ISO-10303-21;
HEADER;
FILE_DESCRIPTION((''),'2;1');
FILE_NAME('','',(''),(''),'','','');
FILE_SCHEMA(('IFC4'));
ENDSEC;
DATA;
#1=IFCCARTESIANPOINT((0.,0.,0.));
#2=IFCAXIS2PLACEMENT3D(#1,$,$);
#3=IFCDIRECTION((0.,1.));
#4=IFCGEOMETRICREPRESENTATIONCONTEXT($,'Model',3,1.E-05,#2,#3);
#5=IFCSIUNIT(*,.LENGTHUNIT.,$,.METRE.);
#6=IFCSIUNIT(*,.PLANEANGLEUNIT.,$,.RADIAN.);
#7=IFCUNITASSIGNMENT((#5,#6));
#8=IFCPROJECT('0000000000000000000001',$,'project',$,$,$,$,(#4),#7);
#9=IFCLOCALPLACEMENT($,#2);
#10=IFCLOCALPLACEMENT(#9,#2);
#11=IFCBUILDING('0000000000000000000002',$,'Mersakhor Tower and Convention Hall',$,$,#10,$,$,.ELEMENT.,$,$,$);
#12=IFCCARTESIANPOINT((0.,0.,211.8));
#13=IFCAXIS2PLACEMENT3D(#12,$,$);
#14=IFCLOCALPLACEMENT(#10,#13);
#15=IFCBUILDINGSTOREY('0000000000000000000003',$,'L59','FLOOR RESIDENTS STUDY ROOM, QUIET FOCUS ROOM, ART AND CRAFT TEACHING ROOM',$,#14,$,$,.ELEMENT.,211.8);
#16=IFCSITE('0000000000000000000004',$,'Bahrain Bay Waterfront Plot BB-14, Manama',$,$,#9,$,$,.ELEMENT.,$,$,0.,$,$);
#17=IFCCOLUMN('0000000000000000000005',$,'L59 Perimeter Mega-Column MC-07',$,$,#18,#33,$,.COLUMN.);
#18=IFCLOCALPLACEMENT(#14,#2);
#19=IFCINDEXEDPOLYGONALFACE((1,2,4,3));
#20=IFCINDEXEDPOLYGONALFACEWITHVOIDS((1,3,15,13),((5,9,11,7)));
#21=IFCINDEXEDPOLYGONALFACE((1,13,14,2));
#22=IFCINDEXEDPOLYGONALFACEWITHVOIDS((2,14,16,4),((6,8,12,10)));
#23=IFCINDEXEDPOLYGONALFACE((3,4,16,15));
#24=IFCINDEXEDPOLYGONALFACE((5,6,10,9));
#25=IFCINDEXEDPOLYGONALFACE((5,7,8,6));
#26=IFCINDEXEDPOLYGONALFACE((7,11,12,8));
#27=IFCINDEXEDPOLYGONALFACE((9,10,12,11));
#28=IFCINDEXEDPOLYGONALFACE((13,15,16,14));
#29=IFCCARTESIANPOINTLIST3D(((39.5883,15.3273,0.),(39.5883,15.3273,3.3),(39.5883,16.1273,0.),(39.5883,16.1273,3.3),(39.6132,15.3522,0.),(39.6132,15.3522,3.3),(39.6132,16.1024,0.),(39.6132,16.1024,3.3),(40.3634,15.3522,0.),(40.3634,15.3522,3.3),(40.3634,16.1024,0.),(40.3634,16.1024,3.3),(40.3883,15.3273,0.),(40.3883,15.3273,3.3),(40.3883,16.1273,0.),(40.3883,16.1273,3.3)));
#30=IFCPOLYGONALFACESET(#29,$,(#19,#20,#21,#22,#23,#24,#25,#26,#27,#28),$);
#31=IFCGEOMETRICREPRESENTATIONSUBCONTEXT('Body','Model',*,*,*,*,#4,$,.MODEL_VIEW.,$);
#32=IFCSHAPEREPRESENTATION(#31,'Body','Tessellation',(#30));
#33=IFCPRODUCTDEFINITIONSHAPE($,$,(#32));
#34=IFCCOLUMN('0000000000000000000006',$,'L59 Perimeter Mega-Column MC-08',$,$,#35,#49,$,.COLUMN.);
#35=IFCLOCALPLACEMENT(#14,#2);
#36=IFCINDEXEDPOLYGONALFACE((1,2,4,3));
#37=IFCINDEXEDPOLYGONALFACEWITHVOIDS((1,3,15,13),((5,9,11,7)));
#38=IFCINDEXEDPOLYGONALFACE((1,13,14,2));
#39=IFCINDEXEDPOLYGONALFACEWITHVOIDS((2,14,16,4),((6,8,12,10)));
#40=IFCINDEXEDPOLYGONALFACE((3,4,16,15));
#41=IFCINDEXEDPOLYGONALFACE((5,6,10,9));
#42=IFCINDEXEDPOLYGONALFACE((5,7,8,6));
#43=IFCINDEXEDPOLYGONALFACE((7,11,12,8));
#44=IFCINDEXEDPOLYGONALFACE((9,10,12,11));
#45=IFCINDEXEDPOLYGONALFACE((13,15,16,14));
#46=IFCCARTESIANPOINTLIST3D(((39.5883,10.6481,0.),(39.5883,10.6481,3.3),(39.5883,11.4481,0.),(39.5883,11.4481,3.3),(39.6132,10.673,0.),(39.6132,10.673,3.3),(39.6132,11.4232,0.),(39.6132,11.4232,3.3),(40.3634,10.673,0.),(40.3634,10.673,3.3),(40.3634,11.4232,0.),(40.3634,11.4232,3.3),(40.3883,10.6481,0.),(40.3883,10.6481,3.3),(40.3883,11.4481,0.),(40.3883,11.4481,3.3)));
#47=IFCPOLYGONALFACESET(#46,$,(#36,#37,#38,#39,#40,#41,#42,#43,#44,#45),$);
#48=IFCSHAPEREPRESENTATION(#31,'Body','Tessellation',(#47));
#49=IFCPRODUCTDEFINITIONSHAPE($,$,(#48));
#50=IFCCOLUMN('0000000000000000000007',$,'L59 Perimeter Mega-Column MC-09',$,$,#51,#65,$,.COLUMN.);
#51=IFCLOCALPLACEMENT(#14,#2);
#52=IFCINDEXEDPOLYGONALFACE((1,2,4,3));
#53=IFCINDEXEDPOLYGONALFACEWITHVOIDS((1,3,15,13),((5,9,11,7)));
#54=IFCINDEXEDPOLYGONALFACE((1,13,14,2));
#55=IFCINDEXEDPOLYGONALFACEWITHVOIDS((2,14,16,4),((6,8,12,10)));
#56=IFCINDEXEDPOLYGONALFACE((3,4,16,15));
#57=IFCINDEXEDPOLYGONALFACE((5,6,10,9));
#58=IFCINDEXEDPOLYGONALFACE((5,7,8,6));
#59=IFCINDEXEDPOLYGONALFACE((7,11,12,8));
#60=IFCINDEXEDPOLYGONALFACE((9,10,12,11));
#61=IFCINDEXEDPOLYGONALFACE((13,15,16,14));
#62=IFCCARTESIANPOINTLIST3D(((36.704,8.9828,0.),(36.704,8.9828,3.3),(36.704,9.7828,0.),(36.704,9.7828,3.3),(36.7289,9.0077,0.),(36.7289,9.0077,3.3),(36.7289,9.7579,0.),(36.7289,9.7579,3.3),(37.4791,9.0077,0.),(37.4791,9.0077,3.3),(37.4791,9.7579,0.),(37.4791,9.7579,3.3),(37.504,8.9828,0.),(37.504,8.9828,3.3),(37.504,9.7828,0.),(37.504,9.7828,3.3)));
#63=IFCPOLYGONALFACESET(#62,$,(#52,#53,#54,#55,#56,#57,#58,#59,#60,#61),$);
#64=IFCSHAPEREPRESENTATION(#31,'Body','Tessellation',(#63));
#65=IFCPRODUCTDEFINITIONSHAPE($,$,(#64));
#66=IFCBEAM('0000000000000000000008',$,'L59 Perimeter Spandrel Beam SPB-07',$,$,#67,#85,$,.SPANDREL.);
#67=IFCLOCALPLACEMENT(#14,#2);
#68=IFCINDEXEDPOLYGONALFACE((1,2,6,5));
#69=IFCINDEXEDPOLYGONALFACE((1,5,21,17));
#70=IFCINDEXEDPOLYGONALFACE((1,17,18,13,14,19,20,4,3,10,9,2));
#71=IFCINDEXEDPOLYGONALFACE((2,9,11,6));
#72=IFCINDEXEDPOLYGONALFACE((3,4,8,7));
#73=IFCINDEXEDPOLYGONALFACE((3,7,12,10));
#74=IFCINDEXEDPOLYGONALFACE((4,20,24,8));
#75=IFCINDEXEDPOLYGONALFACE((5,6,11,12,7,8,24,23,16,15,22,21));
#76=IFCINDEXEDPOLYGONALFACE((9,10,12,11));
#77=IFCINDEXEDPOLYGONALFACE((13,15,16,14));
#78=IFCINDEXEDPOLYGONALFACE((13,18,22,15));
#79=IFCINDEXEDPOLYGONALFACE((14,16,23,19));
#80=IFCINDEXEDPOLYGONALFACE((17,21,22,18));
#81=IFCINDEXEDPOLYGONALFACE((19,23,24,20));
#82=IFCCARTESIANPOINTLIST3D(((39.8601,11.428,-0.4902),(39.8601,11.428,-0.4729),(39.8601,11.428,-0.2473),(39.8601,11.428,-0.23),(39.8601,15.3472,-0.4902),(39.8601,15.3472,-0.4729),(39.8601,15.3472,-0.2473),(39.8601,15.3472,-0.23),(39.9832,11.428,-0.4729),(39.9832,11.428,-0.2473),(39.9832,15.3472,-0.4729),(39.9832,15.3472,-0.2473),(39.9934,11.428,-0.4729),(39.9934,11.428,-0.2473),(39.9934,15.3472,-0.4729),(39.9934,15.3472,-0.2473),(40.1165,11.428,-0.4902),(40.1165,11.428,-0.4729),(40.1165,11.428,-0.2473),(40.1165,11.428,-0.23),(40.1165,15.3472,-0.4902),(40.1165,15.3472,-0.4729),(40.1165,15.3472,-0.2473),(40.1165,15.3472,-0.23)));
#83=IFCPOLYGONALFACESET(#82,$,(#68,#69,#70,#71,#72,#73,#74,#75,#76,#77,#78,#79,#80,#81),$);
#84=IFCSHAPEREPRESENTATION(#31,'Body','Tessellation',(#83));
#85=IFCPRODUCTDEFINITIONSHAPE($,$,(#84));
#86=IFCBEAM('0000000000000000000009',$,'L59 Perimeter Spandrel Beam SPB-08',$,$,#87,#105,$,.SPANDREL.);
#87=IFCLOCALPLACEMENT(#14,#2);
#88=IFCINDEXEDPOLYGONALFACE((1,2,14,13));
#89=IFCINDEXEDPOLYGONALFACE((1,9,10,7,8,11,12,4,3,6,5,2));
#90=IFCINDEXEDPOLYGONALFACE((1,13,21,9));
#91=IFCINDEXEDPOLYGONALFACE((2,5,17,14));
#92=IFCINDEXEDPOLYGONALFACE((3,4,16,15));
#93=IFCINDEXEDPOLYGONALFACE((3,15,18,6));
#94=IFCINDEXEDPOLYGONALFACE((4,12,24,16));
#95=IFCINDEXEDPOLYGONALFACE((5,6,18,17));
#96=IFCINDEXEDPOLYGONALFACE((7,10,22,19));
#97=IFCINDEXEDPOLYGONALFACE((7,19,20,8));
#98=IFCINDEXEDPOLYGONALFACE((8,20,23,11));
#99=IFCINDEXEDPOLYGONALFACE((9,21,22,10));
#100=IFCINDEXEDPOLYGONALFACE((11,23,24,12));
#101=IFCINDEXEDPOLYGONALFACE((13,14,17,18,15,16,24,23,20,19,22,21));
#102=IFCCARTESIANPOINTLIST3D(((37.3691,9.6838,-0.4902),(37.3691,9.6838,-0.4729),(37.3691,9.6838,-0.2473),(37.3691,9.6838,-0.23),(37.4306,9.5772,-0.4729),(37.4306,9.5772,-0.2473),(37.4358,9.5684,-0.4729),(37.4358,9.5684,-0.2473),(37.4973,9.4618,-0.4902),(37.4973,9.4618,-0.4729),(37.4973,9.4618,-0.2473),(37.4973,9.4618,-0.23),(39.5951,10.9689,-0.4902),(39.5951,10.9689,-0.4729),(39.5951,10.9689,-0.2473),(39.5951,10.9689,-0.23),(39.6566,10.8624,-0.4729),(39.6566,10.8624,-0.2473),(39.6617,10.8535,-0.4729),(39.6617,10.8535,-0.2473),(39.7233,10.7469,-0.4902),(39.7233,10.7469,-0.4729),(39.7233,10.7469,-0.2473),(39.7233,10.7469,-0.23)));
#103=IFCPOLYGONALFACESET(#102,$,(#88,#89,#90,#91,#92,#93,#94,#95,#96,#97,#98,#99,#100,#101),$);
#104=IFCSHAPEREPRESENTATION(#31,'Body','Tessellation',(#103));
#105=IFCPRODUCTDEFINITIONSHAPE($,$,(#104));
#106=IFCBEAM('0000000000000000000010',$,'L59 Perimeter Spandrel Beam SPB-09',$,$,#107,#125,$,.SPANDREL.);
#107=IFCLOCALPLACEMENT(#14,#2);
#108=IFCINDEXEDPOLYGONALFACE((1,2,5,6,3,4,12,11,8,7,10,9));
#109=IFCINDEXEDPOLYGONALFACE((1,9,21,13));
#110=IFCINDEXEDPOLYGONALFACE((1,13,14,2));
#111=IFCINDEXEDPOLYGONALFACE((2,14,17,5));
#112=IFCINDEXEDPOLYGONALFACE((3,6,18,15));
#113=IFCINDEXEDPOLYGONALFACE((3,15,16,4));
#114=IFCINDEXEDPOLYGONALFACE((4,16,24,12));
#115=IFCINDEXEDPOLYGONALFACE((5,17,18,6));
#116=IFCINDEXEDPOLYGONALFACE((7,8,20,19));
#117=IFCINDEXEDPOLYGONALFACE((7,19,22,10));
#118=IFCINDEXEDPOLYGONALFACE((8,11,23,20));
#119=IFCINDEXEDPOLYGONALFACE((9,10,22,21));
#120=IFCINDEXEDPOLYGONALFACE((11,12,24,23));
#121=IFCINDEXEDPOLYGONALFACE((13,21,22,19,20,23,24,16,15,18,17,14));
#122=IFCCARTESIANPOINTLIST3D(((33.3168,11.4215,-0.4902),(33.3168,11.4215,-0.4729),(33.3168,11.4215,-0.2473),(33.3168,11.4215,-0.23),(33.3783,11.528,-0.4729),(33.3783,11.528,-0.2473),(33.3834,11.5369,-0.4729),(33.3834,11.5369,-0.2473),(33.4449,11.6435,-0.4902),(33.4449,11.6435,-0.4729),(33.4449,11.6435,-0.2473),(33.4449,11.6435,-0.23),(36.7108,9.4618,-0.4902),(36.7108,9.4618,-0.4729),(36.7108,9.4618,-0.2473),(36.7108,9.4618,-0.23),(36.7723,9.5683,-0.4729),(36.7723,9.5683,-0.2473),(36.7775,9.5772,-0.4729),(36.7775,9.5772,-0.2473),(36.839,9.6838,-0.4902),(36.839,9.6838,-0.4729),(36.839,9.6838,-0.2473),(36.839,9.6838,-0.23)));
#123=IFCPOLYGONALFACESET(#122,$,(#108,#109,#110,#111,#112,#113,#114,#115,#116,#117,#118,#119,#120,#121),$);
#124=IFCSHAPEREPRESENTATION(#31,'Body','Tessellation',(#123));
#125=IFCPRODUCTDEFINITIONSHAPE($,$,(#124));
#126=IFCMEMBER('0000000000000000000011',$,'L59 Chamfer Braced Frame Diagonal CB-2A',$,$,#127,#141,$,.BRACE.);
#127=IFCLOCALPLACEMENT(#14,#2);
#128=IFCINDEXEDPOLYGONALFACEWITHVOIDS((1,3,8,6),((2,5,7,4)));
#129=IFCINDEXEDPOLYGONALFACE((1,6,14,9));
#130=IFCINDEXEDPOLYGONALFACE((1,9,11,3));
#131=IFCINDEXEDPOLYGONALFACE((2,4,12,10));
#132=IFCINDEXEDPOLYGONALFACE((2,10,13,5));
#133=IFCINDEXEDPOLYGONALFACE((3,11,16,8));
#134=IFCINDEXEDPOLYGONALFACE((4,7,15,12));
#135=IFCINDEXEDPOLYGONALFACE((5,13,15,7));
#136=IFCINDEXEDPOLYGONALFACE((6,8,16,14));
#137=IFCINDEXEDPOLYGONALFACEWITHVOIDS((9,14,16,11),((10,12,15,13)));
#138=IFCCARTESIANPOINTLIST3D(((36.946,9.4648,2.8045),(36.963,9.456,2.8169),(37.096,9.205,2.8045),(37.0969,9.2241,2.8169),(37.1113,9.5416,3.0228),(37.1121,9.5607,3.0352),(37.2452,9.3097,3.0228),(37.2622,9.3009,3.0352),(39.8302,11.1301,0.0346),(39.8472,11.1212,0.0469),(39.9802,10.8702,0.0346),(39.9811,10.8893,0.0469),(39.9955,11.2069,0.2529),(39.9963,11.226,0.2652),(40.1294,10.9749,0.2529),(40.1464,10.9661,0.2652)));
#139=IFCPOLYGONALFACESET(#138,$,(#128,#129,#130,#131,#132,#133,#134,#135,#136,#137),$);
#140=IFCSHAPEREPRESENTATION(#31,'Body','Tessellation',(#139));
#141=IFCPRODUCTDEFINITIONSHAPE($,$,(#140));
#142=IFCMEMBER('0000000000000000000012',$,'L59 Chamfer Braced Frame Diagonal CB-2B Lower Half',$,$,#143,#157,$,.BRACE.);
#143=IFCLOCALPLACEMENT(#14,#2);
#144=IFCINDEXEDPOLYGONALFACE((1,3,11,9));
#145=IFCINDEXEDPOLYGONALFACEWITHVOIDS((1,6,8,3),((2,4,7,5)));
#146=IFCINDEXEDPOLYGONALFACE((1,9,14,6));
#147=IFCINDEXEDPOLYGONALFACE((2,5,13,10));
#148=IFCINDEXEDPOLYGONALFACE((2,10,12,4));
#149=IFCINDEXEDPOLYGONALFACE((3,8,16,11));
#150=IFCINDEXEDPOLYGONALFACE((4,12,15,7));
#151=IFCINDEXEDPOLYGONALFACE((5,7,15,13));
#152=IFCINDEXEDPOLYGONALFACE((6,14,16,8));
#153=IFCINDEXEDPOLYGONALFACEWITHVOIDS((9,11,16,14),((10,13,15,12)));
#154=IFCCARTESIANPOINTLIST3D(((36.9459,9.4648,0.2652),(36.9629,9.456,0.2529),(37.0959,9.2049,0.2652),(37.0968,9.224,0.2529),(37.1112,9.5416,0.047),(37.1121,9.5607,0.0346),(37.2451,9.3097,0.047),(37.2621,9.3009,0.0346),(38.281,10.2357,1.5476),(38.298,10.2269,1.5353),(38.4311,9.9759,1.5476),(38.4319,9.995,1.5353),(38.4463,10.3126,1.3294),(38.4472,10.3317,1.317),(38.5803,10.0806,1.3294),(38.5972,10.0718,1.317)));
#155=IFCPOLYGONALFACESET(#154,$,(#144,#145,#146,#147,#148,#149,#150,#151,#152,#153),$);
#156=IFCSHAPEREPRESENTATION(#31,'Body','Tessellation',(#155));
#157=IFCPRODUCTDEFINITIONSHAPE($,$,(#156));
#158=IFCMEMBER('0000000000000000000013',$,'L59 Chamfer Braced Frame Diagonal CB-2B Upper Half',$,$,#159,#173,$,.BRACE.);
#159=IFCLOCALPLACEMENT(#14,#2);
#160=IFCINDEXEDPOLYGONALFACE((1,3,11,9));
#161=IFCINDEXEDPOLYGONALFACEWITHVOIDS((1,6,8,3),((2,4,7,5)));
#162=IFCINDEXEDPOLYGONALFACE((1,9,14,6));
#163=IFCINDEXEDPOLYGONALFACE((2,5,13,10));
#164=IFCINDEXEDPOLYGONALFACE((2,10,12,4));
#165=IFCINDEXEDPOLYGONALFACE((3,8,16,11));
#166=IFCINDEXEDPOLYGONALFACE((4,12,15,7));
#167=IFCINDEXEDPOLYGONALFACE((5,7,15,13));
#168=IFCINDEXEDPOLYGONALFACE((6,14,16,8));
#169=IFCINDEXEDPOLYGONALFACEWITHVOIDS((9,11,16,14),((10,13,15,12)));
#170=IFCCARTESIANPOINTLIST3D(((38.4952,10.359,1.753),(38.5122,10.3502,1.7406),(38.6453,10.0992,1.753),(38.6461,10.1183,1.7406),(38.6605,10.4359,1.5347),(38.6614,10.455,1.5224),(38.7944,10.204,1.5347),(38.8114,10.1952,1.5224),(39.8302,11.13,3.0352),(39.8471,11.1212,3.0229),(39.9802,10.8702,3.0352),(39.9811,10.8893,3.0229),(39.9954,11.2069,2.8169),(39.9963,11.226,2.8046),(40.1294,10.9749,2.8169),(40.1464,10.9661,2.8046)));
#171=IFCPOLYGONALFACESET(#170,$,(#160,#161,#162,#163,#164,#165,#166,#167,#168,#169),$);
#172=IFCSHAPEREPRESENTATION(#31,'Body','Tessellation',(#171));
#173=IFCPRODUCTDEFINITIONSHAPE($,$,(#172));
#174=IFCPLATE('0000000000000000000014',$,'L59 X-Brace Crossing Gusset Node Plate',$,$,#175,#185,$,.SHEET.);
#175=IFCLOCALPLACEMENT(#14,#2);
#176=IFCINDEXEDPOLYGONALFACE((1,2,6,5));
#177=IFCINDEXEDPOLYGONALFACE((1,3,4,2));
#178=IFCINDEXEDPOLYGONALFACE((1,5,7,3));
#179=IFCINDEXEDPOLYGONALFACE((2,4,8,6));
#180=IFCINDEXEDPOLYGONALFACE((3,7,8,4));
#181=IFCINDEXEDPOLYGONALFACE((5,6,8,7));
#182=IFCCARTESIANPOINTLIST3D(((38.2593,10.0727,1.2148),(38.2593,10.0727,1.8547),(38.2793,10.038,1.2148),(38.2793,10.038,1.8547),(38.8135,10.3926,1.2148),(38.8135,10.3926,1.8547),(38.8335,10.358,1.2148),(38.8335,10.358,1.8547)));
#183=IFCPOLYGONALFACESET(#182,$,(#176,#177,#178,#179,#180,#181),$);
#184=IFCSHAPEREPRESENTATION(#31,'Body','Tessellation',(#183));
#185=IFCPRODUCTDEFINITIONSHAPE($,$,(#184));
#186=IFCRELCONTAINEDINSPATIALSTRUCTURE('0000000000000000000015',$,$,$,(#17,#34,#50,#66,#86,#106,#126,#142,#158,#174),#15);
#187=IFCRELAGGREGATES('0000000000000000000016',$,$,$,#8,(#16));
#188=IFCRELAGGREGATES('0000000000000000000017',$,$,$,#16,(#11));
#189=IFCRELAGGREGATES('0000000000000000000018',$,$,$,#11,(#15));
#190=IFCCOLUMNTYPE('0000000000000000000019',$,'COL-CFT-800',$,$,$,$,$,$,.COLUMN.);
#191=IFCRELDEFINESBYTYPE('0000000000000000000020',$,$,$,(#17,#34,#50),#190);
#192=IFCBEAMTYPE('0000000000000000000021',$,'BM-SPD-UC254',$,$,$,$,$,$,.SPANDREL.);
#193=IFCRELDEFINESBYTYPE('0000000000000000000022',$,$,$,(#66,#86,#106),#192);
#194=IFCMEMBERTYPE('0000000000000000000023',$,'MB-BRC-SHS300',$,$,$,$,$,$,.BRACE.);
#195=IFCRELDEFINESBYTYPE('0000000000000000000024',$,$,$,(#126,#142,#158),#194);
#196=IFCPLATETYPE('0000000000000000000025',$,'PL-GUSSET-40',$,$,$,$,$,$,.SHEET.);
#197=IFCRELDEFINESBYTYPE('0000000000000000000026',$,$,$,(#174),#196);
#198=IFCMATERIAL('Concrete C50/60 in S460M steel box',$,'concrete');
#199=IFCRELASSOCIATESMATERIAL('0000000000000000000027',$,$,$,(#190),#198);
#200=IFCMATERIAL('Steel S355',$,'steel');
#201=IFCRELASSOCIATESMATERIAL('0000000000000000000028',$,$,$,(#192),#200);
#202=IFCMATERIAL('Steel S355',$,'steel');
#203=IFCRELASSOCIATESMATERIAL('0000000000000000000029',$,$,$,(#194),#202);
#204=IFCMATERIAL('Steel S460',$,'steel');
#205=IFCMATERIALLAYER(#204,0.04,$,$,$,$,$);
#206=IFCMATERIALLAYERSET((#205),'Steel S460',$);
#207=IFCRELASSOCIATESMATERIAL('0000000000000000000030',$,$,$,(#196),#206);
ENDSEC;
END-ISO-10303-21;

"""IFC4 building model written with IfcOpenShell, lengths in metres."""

from ifc_helpers import new_model, si_unit, direction, frame, origin, origin_2d, place, context, subcontext, project, spatial, rectangle, hollow_rectangle, i_section, extrude, material, layer, layer_set, material_profile, profile_set, type_object, element, save


model = new_model("IFC4")

# Units and contexts
model_context = context("Model", 3, precision=1e-05, world=origin(), true_north=direction((0.0, 1.0)))
body_context = subcontext(model_context, "Body", "Model", "MODEL_VIEW")
ifc_project = project(units=[si_unit("LENGTHUNIT", "METRE"), si_unit("PLANEANGLEUNIT", "RADIAN")], contexts=[model_context])

# Site, building, storey
site_placement = place(None, origin())
site = spatial("IfcSite", under=ifc_project, at=site_placement, Name="Bahrain Bay Waterfront Plot BB-14, Manama", CompositionType="ELEMENT", RefElevation=0.0)
building_placement = place(site_placement, origin())
building = spatial("IfcBuilding", under=site, at=building_placement, Name="Mersakhor Tower and Convention Hall", CompositionType="ELEMENT")
storey_placement = place(building_placement, frame((0.0, 0.0, 211.8)))
storey = spatial("IfcBuildingStorey", under=building, at=storey_placement, Name="L59", Description="FLOOR RESIDENTS STUDY ROOM, QUIET FOCUS ROOM, ART AND CRAFT TEACHING ROOM", CompositionType="ELEMENT", Elevation=211.8)

# Columns
ifc_material_1 = material(Name="Concrete C50/60 in S460M steel box", Category="concrete")
ifc_material_profile_1 = material_profile(ifc_material_1, hollow_rectangle(XDim=0.8, YDim=0.8, WallThickness=0.0249, at=origin_2d()), Name="SHS 800x800x25")
ifc_profile_set_1 = profile_set([ifc_material_profile_1], Name="Concrete C50/60 in S460M steel box")
column_type = type_object("IfcColumnType", Name="COL-CFT-800", PredefinedType="COLUMN", material=ifc_profile_set_1)
for number, where, z_axis, x_axis, name in (
    (1, (39.9883, 15.7273, 0.0), (0.0, 0.0, 1.0), (1.0, 0.0, 0.0), "L59 Perimeter Mega-Column MC-07"),
    (2, (39.9883, 11.0481, 0.0), (0.0, 0.0, 1.0), (1.0, 0.0, 0.0), "L59 Perimeter Mega-Column MC-08"),
    (3, (37.104, 9.3828, 0.0), (0.0, 0.0, 1.0), (1.0, 0.0, 0.0), "L59 Perimeter Mega-Column MC-09"),
):
    element("IfcColumn", number, at=place(storey_placement, frame(where, z_axis=z_axis, x_axis=x_axis)), inside=storey, type_object=column_type, Name=name, PredefinedType="COLUMN", context=body_context, shape_type="SweptSolid", body=[
        extrude(hollow_rectangle(XDim=0.8, YDim=0.8, WallThickness=0.0249, at=origin_2d()), origin(), (0.0, 0.0, 1.0), 3.3),
    ])

# Beams
ifc_material_2 = material(Name="Steel S355", Category="steel")
ifc_material_profile_2 = material_profile(ifc_material_2, i_section(OverallWidth=0.2563, OverallDepth=0.2603, WebThickness=0.0103, FlangeThickness=0.0173, at=origin_2d()), Name="UC 254x254x89")
ifc_profile_set_2 = profile_set([ifc_material_profile_2], Name="Steel S355")
beam_type = type_object("IfcBeamType", Name="BM-SPD-UC254", PredefinedType="SPANDREL", material=ifc_profile_set_2)
beam_1_placement = place(storey_placement, frame((39.9883, 15.3472, -0.3601), z_axis=(0.0, -1.0, 0.0), x_axis=(1.0, 0.0, 0.0)))
element("IfcBeam", 4, at=beam_1_placement, inside=storey, type_object=beam_type, Name="L59 Perimeter Spandrel Beam SPB-07", PredefinedType="SPANDREL", context=body_context, shape_type="SweptSolid", body=[
    extrude(i_section(OverallWidth=0.2563, OverallDepth=0.2603, WebThickness=0.0103, FlangeThickness=0.0173, at=origin_2d()), origin(), (0.0, 0.0, 1.0), 3.9192),
])
beam_2_placement = place(storey_placement, frame((39.6592, 10.8579, -0.3601), z_axis=(-0.866037, -0.49998, 0.0), x_axis=(0.49998, -0.866037, 0.0)))
element("IfcBeam", 5, at=beam_2_placement, inside=storey, type_object=beam_type, Name="L59 Perimeter Spandrel Beam SPB-08", PredefinedType="SPANDREL", context=body_context, shape_type="SweptSolid", body=[
    extrude(i_section(OverallWidth=0.2563, OverallDepth=0.2603, WebThickness=0.0103, FlangeThickness=0.0173, at=origin_2d()), origin(), (0.0, 0.0, 1.0), 2.5703),
])
beam_3_placement = place(storey_placement, frame((36.7749, 9.5728, -0.3601), z_axis=(-0.866007, 0.500032, 0.0), x_axis=(-0.500032, -0.866007, 0.0)))
element("IfcBeam", 6, at=beam_3_placement, inside=storey, type_object=beam_type, Name="L59 Perimeter Spandrel Beam SPB-09", PredefinedType="SPANDREL", context=body_context, shape_type="SweptSolid", body=[
    extrude(i_section(OverallWidth=0.2563, OverallDepth=0.2603, WebThickness=0.0103, FlangeThickness=0.0173, at=origin_2d()), origin(), (0.0, 0.0, 1.0), 3.9192),
])

# Members
ifc_material_3 = material(Name="Steel S355", Category="steel")
ifc_material_profile_3 = material_profile(ifc_material_3, hollow_rectangle(XDim=0.3, YDim=0.3, WallThickness=0.0161, at=origin_2d()), Name="SHS 300x300x16")
ifc_profile_set_3 = profile_set([ifc_material_profile_3], Name="Steel S355")
member_type = type_object("IfcMemberType", Name="MB-BRC-SHS300", PredefinedType="BRACE", material=ifc_profile_set_3)
member_1_placement = place(storey_placement, frame((39.9883, 11.0481, 0.1499), z_axis=(-0.665825, -0.384425, 0.639449), x_axis=(0.50001, -0.86602, 0.0)))
element("IfcMember", 7, at=member_1_placement, inside=storey, type_object=member_type, Name="L59 Chamfer Braced Frame Diagonal CB-2A", PredefinedType="BRACE", context=body_context, shape_type="SweptSolid", body=[
    extrude(hollow_rectangle(XDim=0.3, YDim=0.3, WallThickness=0.0161, at=origin_2d()), origin(), (0.0, 0.0, 1.0), 4.3318),
])
member_2_placement = place(storey_placement, frame((37.104, 9.3828, 0.1499), z_axis=(0.665779, 0.384445, 0.639484), x_axis=(-0.500056, 0.865993, 0.0)))
element("IfcMember", 8, at=member_2_placement, inside=storey, type_object=member_type, Name="L59 Chamfer Braced Frame Diagonal CB-2B Lower Half", PredefinedType="BRACE", context=body_context, shape_type="SweptSolid", body=[
    extrude(hollow_rectangle(XDim=0.3, YDim=0.3, WallThickness=0.0161, at=origin_2d()), origin(), (0.0, 0.0, 1.0), 2.0054),
])
member_3_placement = place(storey_placement, frame((38.6533, 10.2771, 1.6377), z_axis=(0.665763, 0.384506, 0.639464), x_axis=(-0.500125, 0.865953, 0.0)))
element("IfcMember", 9, at=member_3_placement, inside=storey, type_object=member_type, Name="L59 Chamfer Braced Frame Diagonal CB-2B Upper Half", PredefinedType="BRACE", context=body_context, shape_type="SweptSolid", body=[
    extrude(hollow_rectangle(XDim=0.3, YDim=0.3, WallThickness=0.0161, at=origin_2d()), origin(), (0.0, 0.0, 1.0), 2.0051),
])

# Plate
ifc_material_4 = material(Name="Steel S460", Category="steel")
ifc_layer_1 = layer(ifc_material_4, 0.04)
ifc_layer_set_1 = layer_set([ifc_layer_1], Name="Steel S460")
plate_type = type_object("IfcPlateType", Name="PL-GUSSET-40", PredefinedType="SHEET", material=ifc_layer_set_1)
plate_placement = place(storey_placement, frame((38.5464, 10.2153, 1.2148), z_axis=(0.0, 0.0, 1.0), x_axis=(0.866025, 0.5, 0.0)))
element("IfcPlate", 10, at=plate_placement, inside=storey, type_object=plate_type, Name="L59 X-Brace Crossing Gusset Node Plate", PredefinedType="SHEET", context=body_context, shape_type="SweptSolid", body=[
    extrude(rectangle(XDim=0.6399, YDim=0.04, at=origin_2d()), origin(), (0.0, 0.0, 1.0), 0.6399),
])

save(model, "model.ifc")
